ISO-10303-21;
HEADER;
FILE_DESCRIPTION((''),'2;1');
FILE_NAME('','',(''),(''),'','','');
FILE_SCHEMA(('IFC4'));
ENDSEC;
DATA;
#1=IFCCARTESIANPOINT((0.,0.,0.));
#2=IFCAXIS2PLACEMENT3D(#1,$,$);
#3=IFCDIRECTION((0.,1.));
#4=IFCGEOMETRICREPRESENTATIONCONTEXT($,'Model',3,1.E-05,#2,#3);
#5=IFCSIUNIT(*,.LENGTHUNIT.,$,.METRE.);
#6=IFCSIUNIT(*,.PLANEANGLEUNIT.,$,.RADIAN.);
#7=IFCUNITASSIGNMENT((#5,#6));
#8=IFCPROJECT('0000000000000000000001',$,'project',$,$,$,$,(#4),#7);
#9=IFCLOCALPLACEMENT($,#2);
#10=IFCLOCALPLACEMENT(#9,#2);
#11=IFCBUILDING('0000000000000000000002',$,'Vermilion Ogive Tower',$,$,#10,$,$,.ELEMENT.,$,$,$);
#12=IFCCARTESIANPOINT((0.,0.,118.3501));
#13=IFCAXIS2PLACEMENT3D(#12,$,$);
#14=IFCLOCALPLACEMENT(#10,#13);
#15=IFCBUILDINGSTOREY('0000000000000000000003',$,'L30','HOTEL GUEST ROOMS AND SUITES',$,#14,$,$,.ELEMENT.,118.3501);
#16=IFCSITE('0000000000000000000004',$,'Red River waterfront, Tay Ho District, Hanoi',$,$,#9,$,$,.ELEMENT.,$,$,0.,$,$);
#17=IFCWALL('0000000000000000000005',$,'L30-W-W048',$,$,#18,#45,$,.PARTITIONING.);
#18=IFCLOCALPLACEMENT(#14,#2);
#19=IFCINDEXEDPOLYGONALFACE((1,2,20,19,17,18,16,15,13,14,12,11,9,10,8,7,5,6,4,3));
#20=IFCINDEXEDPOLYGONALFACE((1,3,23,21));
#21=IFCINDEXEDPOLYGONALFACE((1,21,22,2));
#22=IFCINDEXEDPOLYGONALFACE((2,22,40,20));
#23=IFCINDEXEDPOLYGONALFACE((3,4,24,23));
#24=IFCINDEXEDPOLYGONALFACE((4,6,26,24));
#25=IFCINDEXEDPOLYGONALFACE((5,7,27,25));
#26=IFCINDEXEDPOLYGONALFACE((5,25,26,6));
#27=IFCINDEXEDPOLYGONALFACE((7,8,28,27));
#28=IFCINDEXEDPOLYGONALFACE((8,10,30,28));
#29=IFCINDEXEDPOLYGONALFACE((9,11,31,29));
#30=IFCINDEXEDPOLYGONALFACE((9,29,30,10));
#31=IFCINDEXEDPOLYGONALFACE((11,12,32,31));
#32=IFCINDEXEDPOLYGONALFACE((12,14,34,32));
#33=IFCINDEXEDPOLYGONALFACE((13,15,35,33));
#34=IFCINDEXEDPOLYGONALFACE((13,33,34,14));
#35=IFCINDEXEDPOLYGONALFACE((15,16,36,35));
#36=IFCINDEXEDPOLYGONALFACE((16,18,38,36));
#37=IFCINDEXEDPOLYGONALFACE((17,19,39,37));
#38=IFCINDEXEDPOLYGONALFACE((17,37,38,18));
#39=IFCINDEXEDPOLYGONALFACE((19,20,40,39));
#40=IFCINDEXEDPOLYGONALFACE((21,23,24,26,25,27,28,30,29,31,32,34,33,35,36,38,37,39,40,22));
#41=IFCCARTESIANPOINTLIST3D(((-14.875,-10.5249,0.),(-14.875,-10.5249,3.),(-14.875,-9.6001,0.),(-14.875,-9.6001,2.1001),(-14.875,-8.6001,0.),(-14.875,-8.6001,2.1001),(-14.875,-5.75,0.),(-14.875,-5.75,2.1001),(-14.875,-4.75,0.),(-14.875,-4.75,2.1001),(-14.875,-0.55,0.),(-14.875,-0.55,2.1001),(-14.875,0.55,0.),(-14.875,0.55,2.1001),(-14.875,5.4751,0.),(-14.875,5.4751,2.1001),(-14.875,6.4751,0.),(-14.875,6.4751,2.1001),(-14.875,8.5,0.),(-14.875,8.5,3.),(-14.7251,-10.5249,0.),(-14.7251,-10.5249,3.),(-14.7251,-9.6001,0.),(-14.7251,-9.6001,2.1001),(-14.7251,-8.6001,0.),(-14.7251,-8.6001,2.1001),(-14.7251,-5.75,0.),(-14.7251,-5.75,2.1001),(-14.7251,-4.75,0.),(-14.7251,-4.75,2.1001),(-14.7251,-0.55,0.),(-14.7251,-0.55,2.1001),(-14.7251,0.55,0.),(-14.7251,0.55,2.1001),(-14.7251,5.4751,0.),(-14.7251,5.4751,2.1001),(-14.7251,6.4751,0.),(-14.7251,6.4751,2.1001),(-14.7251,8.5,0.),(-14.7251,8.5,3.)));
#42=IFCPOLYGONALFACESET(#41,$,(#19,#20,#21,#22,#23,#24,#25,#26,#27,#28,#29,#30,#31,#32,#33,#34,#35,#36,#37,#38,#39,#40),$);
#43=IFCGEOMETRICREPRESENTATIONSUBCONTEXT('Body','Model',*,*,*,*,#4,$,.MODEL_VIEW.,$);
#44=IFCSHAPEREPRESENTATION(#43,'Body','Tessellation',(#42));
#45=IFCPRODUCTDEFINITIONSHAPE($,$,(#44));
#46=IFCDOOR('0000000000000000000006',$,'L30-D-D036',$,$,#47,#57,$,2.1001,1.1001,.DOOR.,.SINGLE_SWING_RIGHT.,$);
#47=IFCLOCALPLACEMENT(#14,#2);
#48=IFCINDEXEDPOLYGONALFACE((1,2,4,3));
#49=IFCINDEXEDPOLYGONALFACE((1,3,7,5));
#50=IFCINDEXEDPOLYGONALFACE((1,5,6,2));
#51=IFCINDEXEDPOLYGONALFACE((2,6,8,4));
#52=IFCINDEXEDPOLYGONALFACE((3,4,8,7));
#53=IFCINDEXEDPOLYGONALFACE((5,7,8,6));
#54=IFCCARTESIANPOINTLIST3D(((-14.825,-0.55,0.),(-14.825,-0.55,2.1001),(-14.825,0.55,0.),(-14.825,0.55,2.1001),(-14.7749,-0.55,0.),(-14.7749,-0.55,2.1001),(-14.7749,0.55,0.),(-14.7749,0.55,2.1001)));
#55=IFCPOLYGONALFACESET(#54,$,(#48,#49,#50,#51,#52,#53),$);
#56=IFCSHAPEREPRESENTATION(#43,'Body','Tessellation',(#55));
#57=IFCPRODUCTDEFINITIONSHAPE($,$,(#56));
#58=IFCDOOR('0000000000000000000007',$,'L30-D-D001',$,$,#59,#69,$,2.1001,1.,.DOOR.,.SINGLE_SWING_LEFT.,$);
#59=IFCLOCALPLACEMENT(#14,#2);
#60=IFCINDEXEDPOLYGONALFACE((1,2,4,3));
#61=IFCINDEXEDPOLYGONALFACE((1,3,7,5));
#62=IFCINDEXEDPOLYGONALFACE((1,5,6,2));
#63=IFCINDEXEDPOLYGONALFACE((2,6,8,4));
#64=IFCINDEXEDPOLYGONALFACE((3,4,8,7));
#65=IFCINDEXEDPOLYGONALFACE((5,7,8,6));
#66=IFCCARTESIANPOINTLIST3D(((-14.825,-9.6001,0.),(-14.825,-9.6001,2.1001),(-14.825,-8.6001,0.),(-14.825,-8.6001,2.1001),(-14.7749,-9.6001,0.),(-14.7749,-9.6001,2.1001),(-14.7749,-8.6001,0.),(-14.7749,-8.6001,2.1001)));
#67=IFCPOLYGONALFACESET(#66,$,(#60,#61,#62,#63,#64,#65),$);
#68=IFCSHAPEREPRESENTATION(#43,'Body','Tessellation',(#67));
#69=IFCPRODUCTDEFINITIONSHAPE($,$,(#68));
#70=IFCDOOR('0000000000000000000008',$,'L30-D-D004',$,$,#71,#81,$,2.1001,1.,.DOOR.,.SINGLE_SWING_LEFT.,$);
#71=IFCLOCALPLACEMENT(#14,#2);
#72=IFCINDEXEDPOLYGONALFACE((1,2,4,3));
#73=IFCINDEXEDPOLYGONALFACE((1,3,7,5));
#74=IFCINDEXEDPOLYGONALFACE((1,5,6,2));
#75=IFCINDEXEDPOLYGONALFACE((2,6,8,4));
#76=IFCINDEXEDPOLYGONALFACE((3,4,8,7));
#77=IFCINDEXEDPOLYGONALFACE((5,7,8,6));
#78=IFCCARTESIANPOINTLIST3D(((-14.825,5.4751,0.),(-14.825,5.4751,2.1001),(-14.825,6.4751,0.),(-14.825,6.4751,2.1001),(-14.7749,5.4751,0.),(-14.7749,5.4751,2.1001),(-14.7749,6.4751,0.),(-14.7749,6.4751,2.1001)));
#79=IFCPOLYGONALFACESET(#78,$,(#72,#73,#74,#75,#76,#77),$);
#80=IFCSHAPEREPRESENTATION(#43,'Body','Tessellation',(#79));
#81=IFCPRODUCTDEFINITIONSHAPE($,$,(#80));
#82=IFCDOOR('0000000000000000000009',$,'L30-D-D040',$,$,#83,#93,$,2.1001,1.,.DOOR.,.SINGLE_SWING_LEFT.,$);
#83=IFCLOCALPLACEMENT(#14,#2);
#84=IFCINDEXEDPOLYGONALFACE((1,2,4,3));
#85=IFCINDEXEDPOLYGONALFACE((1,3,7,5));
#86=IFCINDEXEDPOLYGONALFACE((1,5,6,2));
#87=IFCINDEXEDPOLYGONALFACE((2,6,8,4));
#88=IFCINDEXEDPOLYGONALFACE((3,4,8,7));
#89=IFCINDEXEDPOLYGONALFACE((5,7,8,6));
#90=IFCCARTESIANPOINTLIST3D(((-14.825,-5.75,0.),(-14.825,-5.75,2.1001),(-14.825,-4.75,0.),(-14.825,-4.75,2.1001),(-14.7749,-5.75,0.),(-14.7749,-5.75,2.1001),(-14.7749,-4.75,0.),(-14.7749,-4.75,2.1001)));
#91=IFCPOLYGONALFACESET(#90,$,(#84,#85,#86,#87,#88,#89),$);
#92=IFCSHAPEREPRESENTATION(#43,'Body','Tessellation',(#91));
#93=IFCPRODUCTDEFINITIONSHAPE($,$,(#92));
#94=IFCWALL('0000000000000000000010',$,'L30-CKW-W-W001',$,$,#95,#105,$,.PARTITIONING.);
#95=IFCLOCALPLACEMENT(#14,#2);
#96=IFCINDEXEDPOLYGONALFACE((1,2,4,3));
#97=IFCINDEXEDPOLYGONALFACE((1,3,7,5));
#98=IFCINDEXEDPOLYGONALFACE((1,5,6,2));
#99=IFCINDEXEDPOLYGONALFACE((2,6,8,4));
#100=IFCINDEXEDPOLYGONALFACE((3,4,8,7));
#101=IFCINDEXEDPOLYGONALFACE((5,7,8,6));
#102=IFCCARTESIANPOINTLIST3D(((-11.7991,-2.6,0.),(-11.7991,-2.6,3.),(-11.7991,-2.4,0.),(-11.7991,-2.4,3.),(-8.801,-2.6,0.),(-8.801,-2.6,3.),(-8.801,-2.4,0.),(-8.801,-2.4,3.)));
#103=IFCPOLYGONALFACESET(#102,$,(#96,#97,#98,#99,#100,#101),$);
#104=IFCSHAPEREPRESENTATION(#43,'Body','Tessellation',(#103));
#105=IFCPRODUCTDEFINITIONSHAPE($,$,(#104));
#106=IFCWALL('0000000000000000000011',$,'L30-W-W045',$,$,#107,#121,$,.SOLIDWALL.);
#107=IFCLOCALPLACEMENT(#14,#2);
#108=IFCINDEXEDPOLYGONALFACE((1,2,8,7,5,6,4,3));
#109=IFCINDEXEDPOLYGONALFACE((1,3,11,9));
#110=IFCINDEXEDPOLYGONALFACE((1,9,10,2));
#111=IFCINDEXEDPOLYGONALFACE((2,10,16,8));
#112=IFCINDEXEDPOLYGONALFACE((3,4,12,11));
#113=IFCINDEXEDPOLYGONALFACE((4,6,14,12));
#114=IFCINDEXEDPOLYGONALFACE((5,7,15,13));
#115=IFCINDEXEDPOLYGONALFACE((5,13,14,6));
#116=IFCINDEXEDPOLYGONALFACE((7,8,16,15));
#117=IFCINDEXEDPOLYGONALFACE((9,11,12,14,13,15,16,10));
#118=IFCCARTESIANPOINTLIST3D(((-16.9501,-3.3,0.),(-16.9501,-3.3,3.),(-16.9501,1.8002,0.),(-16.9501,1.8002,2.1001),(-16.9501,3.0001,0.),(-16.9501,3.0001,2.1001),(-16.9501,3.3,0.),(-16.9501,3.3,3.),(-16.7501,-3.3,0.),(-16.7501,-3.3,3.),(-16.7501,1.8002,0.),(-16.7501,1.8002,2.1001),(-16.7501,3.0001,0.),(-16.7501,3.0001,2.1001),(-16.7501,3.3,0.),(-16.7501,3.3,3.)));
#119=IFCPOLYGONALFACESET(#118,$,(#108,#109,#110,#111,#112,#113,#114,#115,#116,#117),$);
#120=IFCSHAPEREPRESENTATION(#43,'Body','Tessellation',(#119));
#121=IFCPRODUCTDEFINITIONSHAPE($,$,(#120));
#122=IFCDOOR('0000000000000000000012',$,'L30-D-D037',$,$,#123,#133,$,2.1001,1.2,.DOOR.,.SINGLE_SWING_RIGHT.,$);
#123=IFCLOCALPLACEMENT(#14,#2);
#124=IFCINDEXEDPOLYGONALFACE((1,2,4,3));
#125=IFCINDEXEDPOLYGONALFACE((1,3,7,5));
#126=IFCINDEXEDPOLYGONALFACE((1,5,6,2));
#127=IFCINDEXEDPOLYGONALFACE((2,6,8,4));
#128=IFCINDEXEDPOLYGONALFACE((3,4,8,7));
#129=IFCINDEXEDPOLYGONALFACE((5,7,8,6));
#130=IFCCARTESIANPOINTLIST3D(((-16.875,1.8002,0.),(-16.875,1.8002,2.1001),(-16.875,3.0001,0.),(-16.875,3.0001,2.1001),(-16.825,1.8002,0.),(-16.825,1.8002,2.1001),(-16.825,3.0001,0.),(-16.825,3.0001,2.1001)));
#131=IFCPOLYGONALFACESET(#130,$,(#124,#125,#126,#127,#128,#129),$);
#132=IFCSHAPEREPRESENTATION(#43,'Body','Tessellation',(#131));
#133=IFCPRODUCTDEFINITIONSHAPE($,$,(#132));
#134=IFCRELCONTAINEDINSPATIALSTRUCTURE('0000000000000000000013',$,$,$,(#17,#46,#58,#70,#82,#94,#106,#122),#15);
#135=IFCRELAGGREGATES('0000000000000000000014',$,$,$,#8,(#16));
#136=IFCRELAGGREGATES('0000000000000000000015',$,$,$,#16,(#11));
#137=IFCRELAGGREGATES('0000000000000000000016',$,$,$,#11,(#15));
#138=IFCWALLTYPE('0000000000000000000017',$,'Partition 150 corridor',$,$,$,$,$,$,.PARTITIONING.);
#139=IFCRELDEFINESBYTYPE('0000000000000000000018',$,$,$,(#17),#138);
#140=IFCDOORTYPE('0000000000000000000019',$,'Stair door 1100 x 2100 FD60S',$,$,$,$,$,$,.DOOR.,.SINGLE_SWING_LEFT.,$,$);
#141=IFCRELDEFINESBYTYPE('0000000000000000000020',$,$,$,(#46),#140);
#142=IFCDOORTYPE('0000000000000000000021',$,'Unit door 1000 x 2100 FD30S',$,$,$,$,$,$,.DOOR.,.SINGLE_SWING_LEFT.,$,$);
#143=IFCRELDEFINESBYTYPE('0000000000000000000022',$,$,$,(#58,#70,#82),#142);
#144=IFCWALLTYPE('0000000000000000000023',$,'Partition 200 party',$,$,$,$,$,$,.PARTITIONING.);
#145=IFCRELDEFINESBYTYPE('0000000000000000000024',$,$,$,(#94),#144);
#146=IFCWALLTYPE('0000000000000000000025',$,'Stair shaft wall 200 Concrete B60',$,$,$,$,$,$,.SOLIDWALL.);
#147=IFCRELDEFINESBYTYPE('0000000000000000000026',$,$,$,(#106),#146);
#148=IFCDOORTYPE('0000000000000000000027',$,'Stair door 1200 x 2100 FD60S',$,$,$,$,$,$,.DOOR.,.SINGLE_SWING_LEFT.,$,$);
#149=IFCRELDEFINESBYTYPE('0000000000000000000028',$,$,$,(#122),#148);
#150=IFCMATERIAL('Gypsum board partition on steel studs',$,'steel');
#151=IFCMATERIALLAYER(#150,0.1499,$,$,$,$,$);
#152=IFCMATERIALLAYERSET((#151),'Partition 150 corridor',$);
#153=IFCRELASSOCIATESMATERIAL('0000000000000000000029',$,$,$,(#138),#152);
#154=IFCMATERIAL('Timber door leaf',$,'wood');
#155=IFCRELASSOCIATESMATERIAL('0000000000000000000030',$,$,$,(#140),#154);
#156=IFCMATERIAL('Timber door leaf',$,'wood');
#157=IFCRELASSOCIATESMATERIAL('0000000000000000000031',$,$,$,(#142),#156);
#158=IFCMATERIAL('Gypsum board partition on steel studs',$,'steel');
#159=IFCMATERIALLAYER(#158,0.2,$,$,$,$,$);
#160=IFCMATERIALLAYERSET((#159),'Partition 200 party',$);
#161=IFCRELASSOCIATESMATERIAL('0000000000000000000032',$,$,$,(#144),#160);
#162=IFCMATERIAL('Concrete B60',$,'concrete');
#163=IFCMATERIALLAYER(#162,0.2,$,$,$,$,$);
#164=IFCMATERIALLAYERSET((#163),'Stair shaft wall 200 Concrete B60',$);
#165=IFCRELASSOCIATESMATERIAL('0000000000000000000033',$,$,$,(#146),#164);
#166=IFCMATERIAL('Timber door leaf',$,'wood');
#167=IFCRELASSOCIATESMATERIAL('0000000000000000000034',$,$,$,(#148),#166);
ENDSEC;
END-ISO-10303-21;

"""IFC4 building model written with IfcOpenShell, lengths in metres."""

from ifc_helpers import new_model, si_unit, direction, frame, frame_2d, origin, place, context, subcontext, project, spatial, rectangle, extrude, material, layer, layer_set, type_object, element, fill, save


model = new_model("IFC4")

# Units and contexts
model_context = context("Model", 3, precision=1e-05, world=origin(), true_north=direction((0.0, 1.0)))
body_context = subcontext(model_context, "Body", "Model", "MODEL_VIEW")
ifc_project = project(units=[si_unit("LENGTHUNIT", "METRE"), si_unit("PLANEANGLEUNIT", "RADIAN")], contexts=[model_context])

# Site, building, storey
site_placement = place(None, origin())
site = spatial("IfcSite", under=ifc_project, at=site_placement, Name="Red River waterfront, Tay Ho District, Hanoi", CompositionType="ELEMENT", RefElevation=0.0)
building_placement = place(site_placement, origin())
building = spatial("IfcBuilding", under=site, at=building_placement, Name="Vermilion Ogive Tower", CompositionType="ELEMENT")
storey_placement = place(building_placement, frame((0.0, 0.0, 118.3501)))
storey = spatial("IfcBuildingStorey", under=building, at=storey_placement, Name="L30", Description="HOTEL GUEST ROOMS AND SUITES", CompositionType="ELEMENT", Elevation=118.3501)

# Wall, openings, doors
ifc_material_1 = material(Name="Gypsum board partition on steel studs", Category="steel")
ifc_layer_1 = layer(ifc_material_1, 0.1499)
ifc_layer_set_1 = layer_set([ifc_layer_1], Name="Partition 150 corridor")
wall_type_1 = type_object("IfcWallType", Name="Partition 150 corridor", PredefinedType="PARTITIONING", material=ifc_layer_set_1)
ifc_material_2 = material(Name="Timber door leaf", Category="wood")
door_type_1 = type_object("IfcDoorType", Name="Stair door 1100 x 2100 FD60S", OperationType="SINGLE_SWING_LEFT", PredefinedType="DOOR", material=ifc_material_2)
ifc_material_3 = material(Name="Timber door leaf", Category="wood")
door_type_2 = type_object("IfcDoorType", Name="Unit door 1000 x 2100 FD30S", OperationType="SINGLE_SWING_LEFT", PredefinedType="DOOR", material=ifc_material_3)
wall_1_placement = place(storey_placement, frame((-14.8, -10.5249, 0.0), z_axis=(0.0, 0.0, 1.0), x_axis=(0.0, 1.0, 0.0)))
wall_1 = element("IfcWall", 1, at=wall_1_placement, inside=storey, type_object=wall_type_1, Name="L30-W-W048", PredefinedType="PARTITIONING", context=body_context, shape_type="SweptSolid", body=[
    extrude(rectangle(XDim=19.0249, YDim=0.1499, at=frame_2d((9.5125, 0.0))), origin(), (0.0, 0.0, 1.0), 3.0),
])
opening_1_placement = place(wall_1_placement, frame((0.9248, 0.0, 0.0)))
opening_1 = element("IfcOpeningElement", 2, at=opening_1_placement, cuts=wall_1, PredefinedType="OPENING", context=body_context, shape_type="SweptSolid", body=[
    extrude(rectangle(XDim=1.0, YDim=2.1001, at=frame_2d((0.5, 1.05))), frame((0.0, 0.085, 0.0), z_axis=(0.0, -1.0, 0.0), x_axis=(1.0, 0.0, 0.0)), (0.0, 0.0, 1.0), 0.1699),
])
opening_2_placement = place(wall_1_placement, frame((16.0, 0.0, 0.0)))
opening_2 = element("IfcOpeningElement", 3, at=opening_2_placement, cuts=wall_1, PredefinedType="OPENING", context=body_context, shape_type="SweptSolid", body=[
    extrude(rectangle(XDim=1.0, YDim=2.1001, at=frame_2d((0.5, 1.05))), frame((0.0, 0.085, 0.0), z_axis=(0.0, -1.0, 0.0), x_axis=(1.0, 0.0, 0.0)), (0.0, 0.0, 1.0), 0.1699),
])
opening_3_placement = place(wall_1_placement, frame((9.9749, 0.0, 0.0)))
opening_3 = element("IfcOpeningElement", 4, at=opening_3_placement, cuts=wall_1, PredefinedType="OPENING", context=body_context, shape_type="SweptSolid", body=[
    extrude(rectangle(XDim=1.1001, YDim=2.1001, at=frame_2d((0.55, 1.05))), frame((0.0, 0.085, 0.0), z_axis=(0.0, -1.0, 0.0), x_axis=(1.0, 0.0, 0.0)), (0.0, 0.0, 1.0), 0.1699),
])
opening_4_placement = place(wall_1_placement, frame((4.7749, 0.0, 0.0)))
opening_4 = element("IfcOpeningElement", 5, at=opening_4_placement, cuts=wall_1, PredefinedType="OPENING", context=body_context, shape_type="SweptSolid", body=[
    extrude(rectangle(XDim=1.0, YDim=2.1001, at=frame_2d((0.5, 1.05))), frame((0.0, 0.085, 0.0), z_axis=(0.0, -1.0, 0.0), x_axis=(1.0, 0.0, 0.0)), (0.0, 0.0, 1.0), 0.1699),
])
door_1_placement = place(opening_3_placement, origin())
door_1 = element("IfcDoor", 6, at=door_1_placement, inside=storey, type_object=door_type_1, Name="L30-D-D036", OperationType="SINGLE_SWING_RIGHT", OverallHeight=2.1001, OverallWidth=1.1001, PredefinedType="DOOR", context=body_context, shape_type="SweptSolid", body=[
    extrude(rectangle(XDim=1.1001, YDim=2.1001, at=frame_2d((0.55, 1.05))), frame((0.0, 0.0249, 0.0), z_axis=(0.0, -1.0, 0.0), x_axis=(1.0, 0.0, 0.0)), (0.0, 0.0, 1.0), 0.05),
])
fill(opening_3, door_1)
door_2_placement = place(opening_1_placement, origin())
door_2 = element("IfcDoor", 7, at=door_2_placement, inside=storey, type_object=door_type_2, Name="L30-D-D001", OperationType="SINGLE_SWING_LEFT", OverallHeight=2.1001, OverallWidth=1.0, PredefinedType="DOOR", context=body_context, shape_type="SweptSolid", body=[
    extrude(rectangle(XDim=1.0, YDim=2.1001, at=frame_2d((0.5, 1.05))), frame((0.0, 0.0249, 0.0), z_axis=(0.0, -1.0, 0.0), x_axis=(1.0, 0.0, 0.0)), (0.0, 0.0, 1.0), 0.05),
])
fill(opening_1, door_2)
door_3_placement = place(opening_2_placement, origin())
door_3 = element("IfcDoor", 8, at=door_3_placement, inside=storey, type_object=door_type_2, Name="L30-D-D004", OperationType="SINGLE_SWING_LEFT", OverallHeight=2.1001, OverallWidth=1.0, PredefinedType="DOOR", context=body_context, shape_type="SweptSolid", body=[
    extrude(rectangle(XDim=1.0, YDim=2.1001, at=frame_2d((0.5, 1.05))), frame((0.0, 0.0249, 0.0), z_axis=(0.0, -1.0, 0.0), x_axis=(1.0, 0.0, 0.0)), (0.0, 0.0, 1.0), 0.05),
])
fill(opening_2, door_3)
door_4_placement = place(opening_4_placement, origin())
door_4 = element("IfcDoor", 9, at=door_4_placement, inside=storey, type_object=door_type_2, Name="L30-D-D040", OperationType="SINGLE_SWING_LEFT", OverallHeight=2.1001, OverallWidth=1.0, PredefinedType="DOOR", context=body_context, shape_type="SweptSolid", body=[
    extrude(rectangle(XDim=1.0, YDim=2.1001, at=frame_2d((0.5, 1.05))), frame((0.0, 0.0249, 0.0), z_axis=(0.0, -1.0, 0.0), x_axis=(1.0, 0.0, 0.0)), (0.0, 0.0, 1.0), 0.05),
])
fill(opening_4, door_4)

# Wall
ifc_material_4 = material(Name="Gypsum board partition on steel studs", Category="steel")
ifc_layer_2 = layer(ifc_material_4, 0.2)
ifc_layer_set_2 = layer_set([ifc_layer_2], Name="Partition 200 party")
wall_type_2 = type_object("IfcWallType", Name="Partition 200 party", PredefinedType="PARTITIONING", material=ifc_layer_set_2)
wall_2_placement = place(storey_placement, frame((-11.7991, -2.5, 0.0), z_axis=(0.0, 0.0, 1.0), x_axis=(1.0, 0.0, 0.0)))
element("IfcWall", 10, at=wall_2_placement, inside=storey, type_object=wall_type_2, Name="L30-CKW-W-W001", PredefinedType="PARTITIONING", context=body_context, shape_type="SweptSolid", body=[
    extrude(rectangle(XDim=2.998, YDim=0.2, at=frame_2d((1.499, 0.0))), origin(), (0.0, 0.0, 1.0), 3.0),
])

# Wall, opening, door
ifc_material_5 = material(Name="Concrete B60", Category="concrete")
ifc_layer_3 = layer(ifc_material_5, 0.2)
ifc_layer_set_3 = layer_set([ifc_layer_3], Name="Stair shaft wall 200 Concrete B60")
wall_type_3 = type_object("IfcWallType", Name="Stair shaft wall 200 Concrete B60", PredefinedType="SOLIDWALL", material=ifc_layer_set_3)
wall_3_placement = place(storey_placement, frame((-16.8501, -3.3, 0.0), z_axis=(0.0, 0.0, 1.0), x_axis=(0.0, 1.0, 0.0)))
wall_3 = element("IfcWall", 11, at=wall_3_placement, inside=storey, type_object=wall_type_3, Name="L30-W-W045", PredefinedType="SOLIDWALL", context=body_context, shape_type="SweptSolid", body=[
    extrude(rectangle(XDim=6.6001, YDim=0.2, at=frame_2d((3.3, 0.0))), origin(), (0.0, 0.0, 1.0), 3.0),
])
opening_5_placement = place(wall_3_placement, frame((5.1001, 0.0, 0.0)))
opening_5 = element("IfcOpeningElement", 12, at=opening_5_placement, cuts=wall_3, PredefinedType="OPENING", context=body_context, shape_type="SweptSolid", body=[
    extrude(rectangle(XDim=1.2, YDim=2.1001, at=frame_2d((0.6001, 1.05))), frame((0.0, 0.1099, 0.0), z_axis=(0.0, -1.0, 0.0), x_axis=(1.0, 0.0, 0.0)), (0.0, 0.0, 1.0), 0.22),
])
ifc_material_6 = material(Name="Timber door leaf", Category="wood")
door_type_3 = type_object("IfcDoorType", Name="Stair door 1200 x 2100 FD60S", OperationType="SINGLE_SWING_LEFT", PredefinedType="DOOR", material=ifc_material_6)
door_5_placement = place(opening_5_placement, origin())
door_5 = element("IfcDoor", 13, at=door_5_placement, inside=storey, type_object=door_type_3, Name="L30-D-D037", OperationType="SINGLE_SWING_RIGHT", OverallHeight=2.1001, OverallWidth=1.2, PredefinedType="DOOR", context=body_context, shape_type="SweptSolid", body=[
    extrude(rectangle(XDim=1.2, YDim=2.1001, at=frame_2d((0.6001, 1.05))), frame((0.0, 0.0249, 0.0), z_axis=(0.0, -1.0, 0.0), x_axis=(1.0, 0.0, 0.0)), (0.0, 0.0, 1.0), 0.05),
])
fill(opening_5, door_5)

save(model, "model.ifc")
